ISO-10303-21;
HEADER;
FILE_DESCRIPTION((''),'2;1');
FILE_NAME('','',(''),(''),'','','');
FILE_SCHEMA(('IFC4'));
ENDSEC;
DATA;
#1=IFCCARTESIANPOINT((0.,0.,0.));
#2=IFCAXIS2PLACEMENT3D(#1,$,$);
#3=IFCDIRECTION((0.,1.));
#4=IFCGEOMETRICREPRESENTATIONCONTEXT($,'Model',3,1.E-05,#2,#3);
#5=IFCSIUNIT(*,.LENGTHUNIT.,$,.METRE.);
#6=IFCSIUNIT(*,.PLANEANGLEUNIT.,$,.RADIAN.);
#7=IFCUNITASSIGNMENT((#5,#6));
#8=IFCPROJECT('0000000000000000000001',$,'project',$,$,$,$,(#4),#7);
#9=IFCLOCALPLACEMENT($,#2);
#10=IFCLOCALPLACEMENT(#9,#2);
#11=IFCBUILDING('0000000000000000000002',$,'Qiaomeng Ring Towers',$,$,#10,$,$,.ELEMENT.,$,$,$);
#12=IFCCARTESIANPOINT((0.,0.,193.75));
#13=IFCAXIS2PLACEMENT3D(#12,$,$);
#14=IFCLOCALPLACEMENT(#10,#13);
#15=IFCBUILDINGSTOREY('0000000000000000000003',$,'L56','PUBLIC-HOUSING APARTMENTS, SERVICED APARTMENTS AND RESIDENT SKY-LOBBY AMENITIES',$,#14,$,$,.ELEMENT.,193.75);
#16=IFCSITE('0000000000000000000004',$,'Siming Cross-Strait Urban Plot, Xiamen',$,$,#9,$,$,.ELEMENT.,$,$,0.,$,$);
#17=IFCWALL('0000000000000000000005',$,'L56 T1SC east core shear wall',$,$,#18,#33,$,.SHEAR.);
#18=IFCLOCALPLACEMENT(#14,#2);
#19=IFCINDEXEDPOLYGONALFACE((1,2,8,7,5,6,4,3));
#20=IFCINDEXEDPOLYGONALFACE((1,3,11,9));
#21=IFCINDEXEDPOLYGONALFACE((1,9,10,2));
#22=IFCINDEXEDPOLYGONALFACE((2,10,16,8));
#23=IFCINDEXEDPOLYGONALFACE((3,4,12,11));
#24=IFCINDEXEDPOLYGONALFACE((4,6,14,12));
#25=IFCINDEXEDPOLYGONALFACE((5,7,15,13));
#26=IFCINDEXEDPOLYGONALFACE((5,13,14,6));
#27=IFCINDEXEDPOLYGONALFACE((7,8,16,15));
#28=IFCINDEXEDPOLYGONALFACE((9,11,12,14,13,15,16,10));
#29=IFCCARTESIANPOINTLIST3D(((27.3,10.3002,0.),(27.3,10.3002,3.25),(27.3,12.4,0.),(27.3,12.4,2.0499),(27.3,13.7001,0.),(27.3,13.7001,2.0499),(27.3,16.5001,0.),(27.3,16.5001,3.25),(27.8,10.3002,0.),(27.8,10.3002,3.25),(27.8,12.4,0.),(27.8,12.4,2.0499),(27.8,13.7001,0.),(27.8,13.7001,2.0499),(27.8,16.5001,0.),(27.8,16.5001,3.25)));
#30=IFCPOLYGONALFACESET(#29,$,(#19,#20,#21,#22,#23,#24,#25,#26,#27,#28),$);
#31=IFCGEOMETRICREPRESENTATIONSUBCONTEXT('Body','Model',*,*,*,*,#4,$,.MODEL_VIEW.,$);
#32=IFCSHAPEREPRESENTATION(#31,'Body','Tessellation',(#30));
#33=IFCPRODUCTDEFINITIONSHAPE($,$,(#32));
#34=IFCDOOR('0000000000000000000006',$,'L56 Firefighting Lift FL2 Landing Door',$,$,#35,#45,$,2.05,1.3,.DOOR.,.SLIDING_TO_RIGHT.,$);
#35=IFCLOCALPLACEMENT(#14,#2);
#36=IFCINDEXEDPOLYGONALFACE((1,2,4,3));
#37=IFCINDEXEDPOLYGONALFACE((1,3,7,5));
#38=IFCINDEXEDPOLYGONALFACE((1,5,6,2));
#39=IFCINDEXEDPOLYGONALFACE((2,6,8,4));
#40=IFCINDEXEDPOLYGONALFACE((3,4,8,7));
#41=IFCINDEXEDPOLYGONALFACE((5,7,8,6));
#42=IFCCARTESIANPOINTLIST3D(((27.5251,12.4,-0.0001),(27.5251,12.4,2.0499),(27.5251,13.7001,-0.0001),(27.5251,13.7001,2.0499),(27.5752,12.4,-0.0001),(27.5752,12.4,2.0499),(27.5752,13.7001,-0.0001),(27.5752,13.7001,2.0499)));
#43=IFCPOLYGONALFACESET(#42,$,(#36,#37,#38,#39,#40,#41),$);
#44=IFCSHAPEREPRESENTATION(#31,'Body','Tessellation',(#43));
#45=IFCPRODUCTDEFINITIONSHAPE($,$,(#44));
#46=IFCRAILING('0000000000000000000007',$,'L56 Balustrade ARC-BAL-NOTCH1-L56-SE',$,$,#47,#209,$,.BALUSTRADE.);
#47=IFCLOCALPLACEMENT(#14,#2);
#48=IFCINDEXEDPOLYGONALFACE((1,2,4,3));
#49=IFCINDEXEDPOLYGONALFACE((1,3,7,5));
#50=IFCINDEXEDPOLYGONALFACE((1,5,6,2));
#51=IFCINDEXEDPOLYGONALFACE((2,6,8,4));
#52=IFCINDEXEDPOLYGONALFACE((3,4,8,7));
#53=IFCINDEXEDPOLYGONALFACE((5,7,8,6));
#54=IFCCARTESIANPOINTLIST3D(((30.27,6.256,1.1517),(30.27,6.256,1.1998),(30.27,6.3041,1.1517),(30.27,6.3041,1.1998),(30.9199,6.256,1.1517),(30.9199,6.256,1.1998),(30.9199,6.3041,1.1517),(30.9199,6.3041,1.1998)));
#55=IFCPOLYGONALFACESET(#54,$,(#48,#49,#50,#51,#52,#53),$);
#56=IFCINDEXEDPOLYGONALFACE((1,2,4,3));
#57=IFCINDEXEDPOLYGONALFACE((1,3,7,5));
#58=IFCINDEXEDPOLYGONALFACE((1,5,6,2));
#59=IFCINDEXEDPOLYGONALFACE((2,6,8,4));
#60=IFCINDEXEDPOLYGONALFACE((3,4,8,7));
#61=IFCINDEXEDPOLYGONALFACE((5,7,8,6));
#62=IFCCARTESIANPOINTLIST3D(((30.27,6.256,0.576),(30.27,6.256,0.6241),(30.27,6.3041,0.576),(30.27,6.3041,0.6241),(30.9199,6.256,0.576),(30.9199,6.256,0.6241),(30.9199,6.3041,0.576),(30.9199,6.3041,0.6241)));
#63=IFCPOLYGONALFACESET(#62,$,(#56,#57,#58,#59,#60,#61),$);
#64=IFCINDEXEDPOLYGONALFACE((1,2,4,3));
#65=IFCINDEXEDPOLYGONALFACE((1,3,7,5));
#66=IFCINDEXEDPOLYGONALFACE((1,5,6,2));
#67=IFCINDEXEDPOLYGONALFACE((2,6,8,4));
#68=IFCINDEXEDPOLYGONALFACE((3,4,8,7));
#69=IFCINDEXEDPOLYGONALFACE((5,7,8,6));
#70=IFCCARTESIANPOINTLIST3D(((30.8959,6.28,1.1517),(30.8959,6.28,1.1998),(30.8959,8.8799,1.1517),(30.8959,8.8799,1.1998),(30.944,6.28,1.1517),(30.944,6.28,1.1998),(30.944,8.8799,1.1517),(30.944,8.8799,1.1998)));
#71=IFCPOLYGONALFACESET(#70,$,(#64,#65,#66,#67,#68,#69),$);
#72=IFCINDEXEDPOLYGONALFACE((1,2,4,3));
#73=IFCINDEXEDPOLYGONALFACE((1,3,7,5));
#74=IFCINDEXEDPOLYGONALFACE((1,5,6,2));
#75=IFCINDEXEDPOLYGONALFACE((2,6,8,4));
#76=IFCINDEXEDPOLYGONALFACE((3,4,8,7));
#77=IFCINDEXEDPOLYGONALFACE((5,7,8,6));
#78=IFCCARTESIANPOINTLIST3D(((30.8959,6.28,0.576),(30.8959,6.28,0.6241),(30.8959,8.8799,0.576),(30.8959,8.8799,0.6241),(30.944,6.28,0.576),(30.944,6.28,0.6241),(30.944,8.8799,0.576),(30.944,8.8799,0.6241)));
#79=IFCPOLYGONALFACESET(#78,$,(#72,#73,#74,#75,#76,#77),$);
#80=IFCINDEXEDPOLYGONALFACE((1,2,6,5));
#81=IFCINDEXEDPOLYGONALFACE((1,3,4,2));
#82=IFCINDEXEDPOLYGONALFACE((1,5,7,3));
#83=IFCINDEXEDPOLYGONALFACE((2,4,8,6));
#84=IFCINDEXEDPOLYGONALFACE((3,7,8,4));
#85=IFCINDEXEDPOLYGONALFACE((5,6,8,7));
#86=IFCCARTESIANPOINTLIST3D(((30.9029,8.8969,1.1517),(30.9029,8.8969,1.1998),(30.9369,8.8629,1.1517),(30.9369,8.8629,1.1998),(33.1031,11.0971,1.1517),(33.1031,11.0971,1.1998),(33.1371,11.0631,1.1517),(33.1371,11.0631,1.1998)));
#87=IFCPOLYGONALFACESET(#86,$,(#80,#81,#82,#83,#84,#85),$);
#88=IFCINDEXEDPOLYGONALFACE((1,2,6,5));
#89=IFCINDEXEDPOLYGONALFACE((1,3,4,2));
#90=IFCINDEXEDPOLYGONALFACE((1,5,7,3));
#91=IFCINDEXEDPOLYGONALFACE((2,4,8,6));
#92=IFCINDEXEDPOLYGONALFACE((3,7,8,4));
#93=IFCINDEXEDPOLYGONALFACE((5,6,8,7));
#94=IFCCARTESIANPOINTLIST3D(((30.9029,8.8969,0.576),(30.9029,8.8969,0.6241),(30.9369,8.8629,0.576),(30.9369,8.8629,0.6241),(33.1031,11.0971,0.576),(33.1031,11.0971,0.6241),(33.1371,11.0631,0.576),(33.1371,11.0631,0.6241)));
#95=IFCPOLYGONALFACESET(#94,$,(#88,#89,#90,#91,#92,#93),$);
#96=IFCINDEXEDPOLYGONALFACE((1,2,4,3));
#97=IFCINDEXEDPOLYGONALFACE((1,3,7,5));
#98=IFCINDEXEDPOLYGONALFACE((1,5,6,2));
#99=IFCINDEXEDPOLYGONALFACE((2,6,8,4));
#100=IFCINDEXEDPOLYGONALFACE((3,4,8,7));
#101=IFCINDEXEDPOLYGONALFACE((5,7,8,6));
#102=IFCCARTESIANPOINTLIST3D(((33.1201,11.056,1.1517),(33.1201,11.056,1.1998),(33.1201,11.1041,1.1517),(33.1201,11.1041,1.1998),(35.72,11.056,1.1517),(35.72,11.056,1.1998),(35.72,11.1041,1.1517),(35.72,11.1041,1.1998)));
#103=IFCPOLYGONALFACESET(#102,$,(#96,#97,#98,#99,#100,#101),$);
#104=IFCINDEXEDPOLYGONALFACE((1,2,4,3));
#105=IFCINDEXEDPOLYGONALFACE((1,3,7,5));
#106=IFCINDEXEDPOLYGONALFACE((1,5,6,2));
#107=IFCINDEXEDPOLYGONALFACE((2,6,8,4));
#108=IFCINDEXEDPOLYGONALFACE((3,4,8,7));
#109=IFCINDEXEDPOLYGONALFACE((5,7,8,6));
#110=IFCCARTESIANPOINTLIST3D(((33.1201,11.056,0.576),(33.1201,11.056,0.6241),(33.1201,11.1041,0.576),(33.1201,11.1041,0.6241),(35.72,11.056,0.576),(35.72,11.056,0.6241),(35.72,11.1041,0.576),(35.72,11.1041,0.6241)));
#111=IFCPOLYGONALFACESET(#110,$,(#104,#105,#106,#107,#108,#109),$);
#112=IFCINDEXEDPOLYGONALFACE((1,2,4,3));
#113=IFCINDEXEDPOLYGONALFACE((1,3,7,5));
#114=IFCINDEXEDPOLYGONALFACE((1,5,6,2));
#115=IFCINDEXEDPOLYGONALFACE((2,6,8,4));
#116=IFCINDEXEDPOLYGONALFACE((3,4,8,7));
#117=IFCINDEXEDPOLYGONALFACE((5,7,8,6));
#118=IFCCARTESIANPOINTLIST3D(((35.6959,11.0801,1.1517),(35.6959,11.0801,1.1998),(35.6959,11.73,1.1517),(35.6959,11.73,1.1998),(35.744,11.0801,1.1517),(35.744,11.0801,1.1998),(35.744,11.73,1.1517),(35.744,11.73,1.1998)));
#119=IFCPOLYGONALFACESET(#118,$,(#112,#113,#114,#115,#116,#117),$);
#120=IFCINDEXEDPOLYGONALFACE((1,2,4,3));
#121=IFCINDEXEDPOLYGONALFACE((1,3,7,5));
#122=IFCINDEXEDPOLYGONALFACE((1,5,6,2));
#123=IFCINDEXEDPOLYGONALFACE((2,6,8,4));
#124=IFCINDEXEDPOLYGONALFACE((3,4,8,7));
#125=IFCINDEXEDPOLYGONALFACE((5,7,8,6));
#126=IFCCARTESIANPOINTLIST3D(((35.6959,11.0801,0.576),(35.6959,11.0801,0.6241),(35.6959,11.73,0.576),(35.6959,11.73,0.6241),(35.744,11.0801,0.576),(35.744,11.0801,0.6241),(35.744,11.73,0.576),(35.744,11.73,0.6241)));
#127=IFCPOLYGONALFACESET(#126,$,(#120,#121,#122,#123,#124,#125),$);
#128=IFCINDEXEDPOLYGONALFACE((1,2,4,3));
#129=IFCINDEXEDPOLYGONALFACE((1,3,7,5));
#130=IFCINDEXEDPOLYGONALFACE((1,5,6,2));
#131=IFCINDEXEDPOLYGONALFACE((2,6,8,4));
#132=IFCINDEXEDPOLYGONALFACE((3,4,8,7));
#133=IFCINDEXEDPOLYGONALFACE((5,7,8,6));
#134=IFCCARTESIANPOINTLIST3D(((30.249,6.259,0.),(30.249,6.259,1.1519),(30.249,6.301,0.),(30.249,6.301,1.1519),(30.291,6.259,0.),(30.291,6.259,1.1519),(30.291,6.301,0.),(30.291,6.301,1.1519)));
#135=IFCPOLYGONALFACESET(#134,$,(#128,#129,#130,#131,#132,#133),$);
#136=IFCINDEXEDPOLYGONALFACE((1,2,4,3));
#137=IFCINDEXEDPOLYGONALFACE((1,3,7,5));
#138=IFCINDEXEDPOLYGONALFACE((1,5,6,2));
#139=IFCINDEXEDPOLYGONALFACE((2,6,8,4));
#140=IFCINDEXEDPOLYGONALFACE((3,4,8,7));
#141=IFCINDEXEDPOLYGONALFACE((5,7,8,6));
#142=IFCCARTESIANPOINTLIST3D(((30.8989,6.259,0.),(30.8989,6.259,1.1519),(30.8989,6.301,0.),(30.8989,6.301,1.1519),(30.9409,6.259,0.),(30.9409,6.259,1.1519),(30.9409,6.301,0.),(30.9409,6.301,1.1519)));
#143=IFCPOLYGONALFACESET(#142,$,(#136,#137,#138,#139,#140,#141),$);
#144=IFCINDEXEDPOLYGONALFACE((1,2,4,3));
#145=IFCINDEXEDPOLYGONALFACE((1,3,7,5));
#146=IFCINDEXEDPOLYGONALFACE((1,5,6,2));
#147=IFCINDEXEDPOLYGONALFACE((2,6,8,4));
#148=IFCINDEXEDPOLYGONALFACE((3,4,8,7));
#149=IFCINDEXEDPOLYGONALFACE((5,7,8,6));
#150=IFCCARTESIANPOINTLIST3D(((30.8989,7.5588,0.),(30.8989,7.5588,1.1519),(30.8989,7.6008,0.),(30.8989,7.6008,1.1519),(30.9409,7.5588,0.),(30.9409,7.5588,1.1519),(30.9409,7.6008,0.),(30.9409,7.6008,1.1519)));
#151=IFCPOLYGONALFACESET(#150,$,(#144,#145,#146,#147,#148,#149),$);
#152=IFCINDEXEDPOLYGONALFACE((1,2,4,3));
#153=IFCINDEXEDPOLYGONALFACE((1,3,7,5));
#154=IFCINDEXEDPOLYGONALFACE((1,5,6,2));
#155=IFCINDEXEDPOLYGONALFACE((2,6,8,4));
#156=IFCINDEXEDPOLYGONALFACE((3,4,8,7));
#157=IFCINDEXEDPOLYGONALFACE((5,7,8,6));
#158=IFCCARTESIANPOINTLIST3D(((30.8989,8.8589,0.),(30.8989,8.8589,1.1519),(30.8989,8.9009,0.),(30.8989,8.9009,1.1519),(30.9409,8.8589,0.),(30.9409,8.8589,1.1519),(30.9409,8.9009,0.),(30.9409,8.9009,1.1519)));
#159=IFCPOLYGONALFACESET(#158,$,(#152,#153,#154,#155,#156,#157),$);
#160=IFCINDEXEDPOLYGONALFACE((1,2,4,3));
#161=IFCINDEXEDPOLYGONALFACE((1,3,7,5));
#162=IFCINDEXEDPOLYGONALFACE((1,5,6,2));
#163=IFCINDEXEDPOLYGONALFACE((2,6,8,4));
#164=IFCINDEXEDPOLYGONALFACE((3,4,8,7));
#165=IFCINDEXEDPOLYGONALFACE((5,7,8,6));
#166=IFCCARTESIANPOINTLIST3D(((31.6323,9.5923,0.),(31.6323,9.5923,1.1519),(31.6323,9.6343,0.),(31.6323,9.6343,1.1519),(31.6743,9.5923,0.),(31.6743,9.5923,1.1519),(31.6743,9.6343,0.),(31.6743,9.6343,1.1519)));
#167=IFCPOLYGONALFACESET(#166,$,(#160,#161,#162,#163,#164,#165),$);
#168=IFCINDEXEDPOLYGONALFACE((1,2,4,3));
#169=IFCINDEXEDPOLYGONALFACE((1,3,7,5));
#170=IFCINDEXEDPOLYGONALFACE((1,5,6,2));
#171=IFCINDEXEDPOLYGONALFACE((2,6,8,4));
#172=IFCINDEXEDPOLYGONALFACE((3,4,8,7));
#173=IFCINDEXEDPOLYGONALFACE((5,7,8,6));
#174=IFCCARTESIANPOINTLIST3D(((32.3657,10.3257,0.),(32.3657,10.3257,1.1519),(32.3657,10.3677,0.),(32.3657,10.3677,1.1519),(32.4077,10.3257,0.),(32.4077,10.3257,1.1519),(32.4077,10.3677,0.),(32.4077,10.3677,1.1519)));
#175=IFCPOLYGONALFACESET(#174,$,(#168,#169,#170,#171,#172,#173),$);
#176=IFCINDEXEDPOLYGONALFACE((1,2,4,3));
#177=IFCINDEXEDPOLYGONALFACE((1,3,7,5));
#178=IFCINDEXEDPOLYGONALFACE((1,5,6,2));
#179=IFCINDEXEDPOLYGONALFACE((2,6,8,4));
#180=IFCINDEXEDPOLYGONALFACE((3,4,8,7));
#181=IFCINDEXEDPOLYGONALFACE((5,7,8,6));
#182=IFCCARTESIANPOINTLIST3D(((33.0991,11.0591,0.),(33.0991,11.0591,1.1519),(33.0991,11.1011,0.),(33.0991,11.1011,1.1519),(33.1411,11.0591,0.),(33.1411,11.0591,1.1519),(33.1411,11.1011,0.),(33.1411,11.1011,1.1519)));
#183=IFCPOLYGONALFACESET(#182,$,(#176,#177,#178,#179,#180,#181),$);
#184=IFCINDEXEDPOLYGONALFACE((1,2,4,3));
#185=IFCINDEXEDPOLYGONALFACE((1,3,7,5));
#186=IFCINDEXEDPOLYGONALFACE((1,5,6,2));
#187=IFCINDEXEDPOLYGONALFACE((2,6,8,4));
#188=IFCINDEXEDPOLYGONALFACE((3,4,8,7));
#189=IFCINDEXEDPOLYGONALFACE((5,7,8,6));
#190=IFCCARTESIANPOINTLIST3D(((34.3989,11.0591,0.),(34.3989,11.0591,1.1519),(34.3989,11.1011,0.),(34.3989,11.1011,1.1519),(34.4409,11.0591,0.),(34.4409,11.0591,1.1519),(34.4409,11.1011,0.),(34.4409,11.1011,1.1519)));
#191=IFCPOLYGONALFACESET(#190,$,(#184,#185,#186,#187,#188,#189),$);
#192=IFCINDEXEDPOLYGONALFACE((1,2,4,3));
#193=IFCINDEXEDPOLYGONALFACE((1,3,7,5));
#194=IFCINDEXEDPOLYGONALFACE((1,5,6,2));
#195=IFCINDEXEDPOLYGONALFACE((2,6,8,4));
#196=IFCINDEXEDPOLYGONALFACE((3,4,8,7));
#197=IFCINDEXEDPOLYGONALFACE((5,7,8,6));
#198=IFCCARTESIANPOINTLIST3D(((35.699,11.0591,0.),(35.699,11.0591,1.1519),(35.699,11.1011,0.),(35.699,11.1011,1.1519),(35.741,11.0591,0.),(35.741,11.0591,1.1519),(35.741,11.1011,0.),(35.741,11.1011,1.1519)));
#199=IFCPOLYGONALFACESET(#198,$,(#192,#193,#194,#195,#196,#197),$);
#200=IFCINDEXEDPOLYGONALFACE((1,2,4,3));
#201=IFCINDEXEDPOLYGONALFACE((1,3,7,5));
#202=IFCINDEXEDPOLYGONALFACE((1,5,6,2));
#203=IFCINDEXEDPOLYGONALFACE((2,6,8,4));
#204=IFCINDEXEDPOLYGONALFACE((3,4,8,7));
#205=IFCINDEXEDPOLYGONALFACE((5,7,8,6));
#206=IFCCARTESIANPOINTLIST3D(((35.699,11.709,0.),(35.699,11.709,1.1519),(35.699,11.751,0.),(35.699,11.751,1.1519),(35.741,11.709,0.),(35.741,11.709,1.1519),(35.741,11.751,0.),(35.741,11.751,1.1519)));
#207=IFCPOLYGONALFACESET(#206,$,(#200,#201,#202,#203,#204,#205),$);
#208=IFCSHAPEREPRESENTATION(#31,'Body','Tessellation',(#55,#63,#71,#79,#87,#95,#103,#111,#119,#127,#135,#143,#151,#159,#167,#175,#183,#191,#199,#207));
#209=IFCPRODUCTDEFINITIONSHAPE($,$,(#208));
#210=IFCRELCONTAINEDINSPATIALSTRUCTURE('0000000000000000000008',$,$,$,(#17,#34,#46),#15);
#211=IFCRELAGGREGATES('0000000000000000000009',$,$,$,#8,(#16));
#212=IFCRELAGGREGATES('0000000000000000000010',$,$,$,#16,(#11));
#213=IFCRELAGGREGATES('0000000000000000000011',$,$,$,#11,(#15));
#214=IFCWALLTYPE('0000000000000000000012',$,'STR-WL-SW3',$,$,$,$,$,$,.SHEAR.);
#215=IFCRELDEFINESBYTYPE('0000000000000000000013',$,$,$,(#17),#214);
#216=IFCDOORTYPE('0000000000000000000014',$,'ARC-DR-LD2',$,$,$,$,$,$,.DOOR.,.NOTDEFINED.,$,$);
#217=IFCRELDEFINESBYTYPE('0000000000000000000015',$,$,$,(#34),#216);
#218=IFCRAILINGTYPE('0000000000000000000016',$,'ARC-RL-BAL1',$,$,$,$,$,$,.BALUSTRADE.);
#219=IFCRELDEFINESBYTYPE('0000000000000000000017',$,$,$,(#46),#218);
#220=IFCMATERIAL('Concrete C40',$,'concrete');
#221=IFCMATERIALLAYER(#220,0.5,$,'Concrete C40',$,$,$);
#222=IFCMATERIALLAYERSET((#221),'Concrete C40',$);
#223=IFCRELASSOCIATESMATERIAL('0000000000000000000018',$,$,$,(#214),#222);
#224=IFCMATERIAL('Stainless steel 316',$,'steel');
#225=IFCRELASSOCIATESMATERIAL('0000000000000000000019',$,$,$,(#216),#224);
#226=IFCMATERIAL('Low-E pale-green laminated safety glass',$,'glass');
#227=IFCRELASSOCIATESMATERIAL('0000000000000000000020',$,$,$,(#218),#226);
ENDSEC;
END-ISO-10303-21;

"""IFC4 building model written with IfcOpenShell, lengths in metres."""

from ifc_helpers import new_model, si_unit, direction, frame, frame_2d, origin, origin_2d, place, context, subcontext, project, spatial, rectangle, extrude, source, transform, mapped, material, layer, layer_set, type_object, element, fill, save


model = new_model("IFC4")

# Units and contexts
model_context = context("Model", 3, precision=1e-05, world=origin(), true_north=direction((0.0, 1.0)))
body_context = subcontext(model_context, "Body", "Model", "MODEL_VIEW")
ifc_project = project(units=[si_unit("LENGTHUNIT", "METRE"), si_unit("PLANEANGLEUNIT", "RADIAN")], contexts=[model_context])

# Site, building, storey
site_placement = place(None, origin())
site = spatial("IfcSite", under=ifc_project, at=site_placement, Name="Siming Cross-Strait Urban Plot, Xiamen", CompositionType="ELEMENT", RefElevation=0.0)
building_placement = place(site_placement, origin())
building = spatial("IfcBuilding", under=site, at=building_placement, Name="Qiaomeng Ring Towers", CompositionType="ELEMENT")
storey_placement = place(building_placement, frame((0.0, 0.0, 193.75)))
storey = spatial("IfcBuildingStorey", under=building, at=storey_placement, Name="L56", Description="PUBLIC-HOUSING APARTMENTS, SERVICED APARTMENTS AND RESIDENT SKY-LOBBY AMENITIES", CompositionType="ELEMENT", Elevation=193.75)

# Shared definitions
ifc_material_1 = material(Name="Concrete C40", Category="concrete")

# Wall, opening, door
ifc_layer_1 = layer(ifc_material_1, 0.5, Name="Concrete C40")
ifc_layer_set_1 = layer_set([ifc_layer_1], Name="Concrete C40")
wall_type_1 = type_object("IfcWallType", Name="STR-WL-SW3", PredefinedType="SHEAR", material=ifc_layer_set_1)
wall_1_placement = place(storey_placement, frame((27.55, 10.3, 0.0), z_axis=(0.0, 0.0, 1.0), x_axis=(0.0, 1.0, 0.0)))
wall_1 = element("IfcWall", 1, at=wall_1_placement, inside=storey, type_object=wall_type_1, Name="L56 T1SC east core shear wall", PredefinedType="SHEAR", context=body_context, shape_type="SweptSolid", body=[
    extrude(rectangle(XDim=6.2, YDim=0.5, at=frame_2d((3.1001, 0.0))), origin(), (0.0, 0.0, 1.0), 3.25),
])
opening_1_placement = place(wall_1_placement, frame((2.1001, 0.0, 0.0)))
opening_1 = element("IfcOpeningElement", 2, at=opening_1_placement, cuts=wall_1, PredefinedType="OPENING", context=body_context, shape_type="SweptSolid", body=[
    extrude(rectangle(XDim=1.3, YDim=2.05, at=frame_2d((0.6499, 1.0249))), frame((0.0, 0.26, 0.0), z_axis=(0.0, -1.0, 0.0), x_axis=(1.0, 0.0, 0.0)), (0.0, 0.0, 1.0), 0.52),
])
ifc_material_2 = material(Name="Stainless steel 316", Category="steel")
door_type_1 = type_object("IfcDoorType", Name="ARC-DR-LD2", OperationType="NOTDEFINED", PredefinedType="DOOR", material=ifc_material_2)
shared_shape_1 = source(origin(), body_context, "Body", "SweptSolid", [
    extrude(rectangle(XDim=1.3, YDim=2.05, at=frame_2d((0.6499, 1.0249))), frame((0.0, 0.0249, 0.0), z_axis=(0.0, -1.0, 0.0), x_axis=(1.0, 0.0, 0.0)), (0.0, 0.0, 1.0), 0.05),
])
door_1_placement = place(opening_1_placement, origin())
door_1 = element("IfcDoor", 3, at=door_1_placement, inside=storey, type_object=door_type_1, Name="L56 Firefighting Lift FL2 Landing Door", OperationType="SLIDING_TO_RIGHT", OverallHeight=2.05, OverallWidth=1.3, PredefinedType="DOOR", context=body_context, shape_type="MappedRepresentation", body=[
    mapped(shared_shape_1, transform((0.0, 0.0, 0.0), x_axis=(1.0, 0.0, 0.0), y_axis=(0.0, 1.0, 0.0), z_axis=(0.0, 0.0, 1.0), scale=1.0)),
])
fill(opening_1, door_1)

# Railing
ifc_material_3 = material(Name="Low-E pale-green laminated safety glass", Category="glass")
railing_type = type_object("IfcRailingType", Name="ARC-RL-BAL1", PredefinedType="BALUSTRADE", material=ifc_material_3)
railing_placement = place(storey_placement, frame((30.27, 6.28, 0.0)))
element("IfcRailing", 4, at=railing_placement, inside=storey, type_object=railing_type, Name="L56 Balustrade ARC-BAL-NOTCH1-L56-SE", PredefinedType="BALUSTRADE", context=body_context, shape_type="SweptSolid", body=[
    extrude(rectangle(XDim=0.0481, YDim=0.0481, at=origin_2d()), frame((0.0, 0.0, 1.1758), z_axis=(1.0, 0.0, 0.0), x_axis=(0.0, 1.0, 0.0)), (0.0, 0.0, 1.0), 0.6499),
    extrude(rectangle(XDim=0.0481, YDim=0.0481, at=origin_2d()), frame((0.0, 0.0, 0.6001), z_axis=(1.0, 0.0, 0.0), x_axis=(0.0, 1.0, 0.0)), (0.0, 0.0, 1.0), 0.6499),
    extrude(rectangle(XDim=0.0481, YDim=0.0481, at=origin_2d()), frame((0.6499, 0.0, 1.1758), z_axis=(0.0, 1.0, 0.0), x_axis=(-1.0, 0.0, 0.0)), (0.0, 0.0, 1.0), 2.5999),
    extrude(rectangle(XDim=0.0481, YDim=0.0481, at=origin_2d()), frame((0.6499, 0.0, 0.6001), z_axis=(0.0, 1.0, 0.0), x_axis=(-1.0, 0.0, 0.0)), (0.0, 0.0, 1.0), 2.5999),
    extrude(rectangle(XDim=0.0481, YDim=0.0481, at=origin_2d()), frame((0.6499, 2.5999, 1.1758), z_axis=(0.707107, 0.707107, 0.0), x_axis=(-0.707107, 0.707107, 0.0)), (0.0, 0.0, 1.0), 3.1116),
    extrude(rectangle(XDim=0.0481, YDim=0.0481, at=origin_2d()), frame((0.6499, 2.5999, 0.6001), z_axis=(0.707107, 0.707107, 0.0), x_axis=(-0.707107, 0.707107, 0.0)), (0.0, 0.0, 1.0), 3.1116),
    extrude(rectangle(XDim=0.0481, YDim=0.0481, at=origin_2d()), frame((2.8501, 4.8, 1.1758), z_axis=(1.0, 0.0, 0.0), x_axis=(0.0, 1.0, 0.0)), (0.0, 0.0, 1.0), 2.5999),
    extrude(rectangle(XDim=0.0481, YDim=0.0481, at=origin_2d()), frame((2.8501, 4.8, 0.6001), z_axis=(1.0, 0.0, 0.0), x_axis=(0.0, 1.0, 0.0)), (0.0, 0.0, 1.0), 2.5999),
    extrude(rectangle(XDim=0.0481, YDim=0.0481, at=origin_2d()), frame((5.45, 4.8, 1.1758), z_axis=(0.0, 1.0, 0.0), x_axis=(-1.0, 0.0, 0.0)), (0.0, 0.0, 1.0), 0.6499),
    extrude(rectangle(XDim=0.0481, YDim=0.0481, at=origin_2d()), frame((5.45, 4.8, 0.6001), z_axis=(0.0, 1.0, 0.0), x_axis=(-1.0, 0.0, 0.0)), (0.0, 0.0, 1.0), 0.6499),
    extrude(rectangle(XDim=0.042, YDim=0.042, at=origin_2d()), origin(), (0.0, 0.0, 1.0), 1.1519),
    extrude(rectangle(XDim=0.042, YDim=0.042, at=origin_2d()), frame((0.6499, 0.0, 0.0)), (0.0, 0.0, 1.0), 1.1519),
    extrude(rectangle(XDim=0.042, YDim=0.042, at=origin_2d()), frame((0.6499, 1.2998, 0.0)), (0.0, 0.0, 1.0), 1.1519),
    extrude(rectangle(XDim=0.042, YDim=0.042, at=origin_2d()), frame((0.6499, 2.5999, 0.0)), (0.0, 0.0, 1.0), 1.1519),
    extrude(rectangle(XDim=0.042, YDim=0.042, at=origin_2d()), frame((1.3833, 3.3333, 0.0)), (0.0, 0.0, 1.0), 1.1519),
    extrude(rectangle(XDim=0.042, YDim=0.042, at=origin_2d()), frame((2.1167, 4.0667, 0.0)), (0.0, 0.0, 1.0), 1.1519),
    extrude(rectangle(XDim=0.042, YDim=0.042, at=origin_2d()), frame((2.8501, 4.8, 0.0)), (0.0, 0.0, 1.0), 1.1519),
    extrude(rectangle(XDim=0.042, YDim=0.042, at=origin_2d()), frame((4.1499, 4.8, 0.0)), (0.0, 0.0, 1.0), 1.1519),
    extrude(rectangle(XDim=0.042, YDim=0.042, at=origin_2d()), frame((5.45, 4.8, 0.0)), (0.0, 0.0, 1.0), 1.1519),
    extrude(rectangle(XDim=0.042, YDim=0.042, at=origin_2d()), frame((5.45, 5.45, 0.0)), (0.0, 0.0, 1.0), 1.1519),
])

save(model, "model.ifc")
